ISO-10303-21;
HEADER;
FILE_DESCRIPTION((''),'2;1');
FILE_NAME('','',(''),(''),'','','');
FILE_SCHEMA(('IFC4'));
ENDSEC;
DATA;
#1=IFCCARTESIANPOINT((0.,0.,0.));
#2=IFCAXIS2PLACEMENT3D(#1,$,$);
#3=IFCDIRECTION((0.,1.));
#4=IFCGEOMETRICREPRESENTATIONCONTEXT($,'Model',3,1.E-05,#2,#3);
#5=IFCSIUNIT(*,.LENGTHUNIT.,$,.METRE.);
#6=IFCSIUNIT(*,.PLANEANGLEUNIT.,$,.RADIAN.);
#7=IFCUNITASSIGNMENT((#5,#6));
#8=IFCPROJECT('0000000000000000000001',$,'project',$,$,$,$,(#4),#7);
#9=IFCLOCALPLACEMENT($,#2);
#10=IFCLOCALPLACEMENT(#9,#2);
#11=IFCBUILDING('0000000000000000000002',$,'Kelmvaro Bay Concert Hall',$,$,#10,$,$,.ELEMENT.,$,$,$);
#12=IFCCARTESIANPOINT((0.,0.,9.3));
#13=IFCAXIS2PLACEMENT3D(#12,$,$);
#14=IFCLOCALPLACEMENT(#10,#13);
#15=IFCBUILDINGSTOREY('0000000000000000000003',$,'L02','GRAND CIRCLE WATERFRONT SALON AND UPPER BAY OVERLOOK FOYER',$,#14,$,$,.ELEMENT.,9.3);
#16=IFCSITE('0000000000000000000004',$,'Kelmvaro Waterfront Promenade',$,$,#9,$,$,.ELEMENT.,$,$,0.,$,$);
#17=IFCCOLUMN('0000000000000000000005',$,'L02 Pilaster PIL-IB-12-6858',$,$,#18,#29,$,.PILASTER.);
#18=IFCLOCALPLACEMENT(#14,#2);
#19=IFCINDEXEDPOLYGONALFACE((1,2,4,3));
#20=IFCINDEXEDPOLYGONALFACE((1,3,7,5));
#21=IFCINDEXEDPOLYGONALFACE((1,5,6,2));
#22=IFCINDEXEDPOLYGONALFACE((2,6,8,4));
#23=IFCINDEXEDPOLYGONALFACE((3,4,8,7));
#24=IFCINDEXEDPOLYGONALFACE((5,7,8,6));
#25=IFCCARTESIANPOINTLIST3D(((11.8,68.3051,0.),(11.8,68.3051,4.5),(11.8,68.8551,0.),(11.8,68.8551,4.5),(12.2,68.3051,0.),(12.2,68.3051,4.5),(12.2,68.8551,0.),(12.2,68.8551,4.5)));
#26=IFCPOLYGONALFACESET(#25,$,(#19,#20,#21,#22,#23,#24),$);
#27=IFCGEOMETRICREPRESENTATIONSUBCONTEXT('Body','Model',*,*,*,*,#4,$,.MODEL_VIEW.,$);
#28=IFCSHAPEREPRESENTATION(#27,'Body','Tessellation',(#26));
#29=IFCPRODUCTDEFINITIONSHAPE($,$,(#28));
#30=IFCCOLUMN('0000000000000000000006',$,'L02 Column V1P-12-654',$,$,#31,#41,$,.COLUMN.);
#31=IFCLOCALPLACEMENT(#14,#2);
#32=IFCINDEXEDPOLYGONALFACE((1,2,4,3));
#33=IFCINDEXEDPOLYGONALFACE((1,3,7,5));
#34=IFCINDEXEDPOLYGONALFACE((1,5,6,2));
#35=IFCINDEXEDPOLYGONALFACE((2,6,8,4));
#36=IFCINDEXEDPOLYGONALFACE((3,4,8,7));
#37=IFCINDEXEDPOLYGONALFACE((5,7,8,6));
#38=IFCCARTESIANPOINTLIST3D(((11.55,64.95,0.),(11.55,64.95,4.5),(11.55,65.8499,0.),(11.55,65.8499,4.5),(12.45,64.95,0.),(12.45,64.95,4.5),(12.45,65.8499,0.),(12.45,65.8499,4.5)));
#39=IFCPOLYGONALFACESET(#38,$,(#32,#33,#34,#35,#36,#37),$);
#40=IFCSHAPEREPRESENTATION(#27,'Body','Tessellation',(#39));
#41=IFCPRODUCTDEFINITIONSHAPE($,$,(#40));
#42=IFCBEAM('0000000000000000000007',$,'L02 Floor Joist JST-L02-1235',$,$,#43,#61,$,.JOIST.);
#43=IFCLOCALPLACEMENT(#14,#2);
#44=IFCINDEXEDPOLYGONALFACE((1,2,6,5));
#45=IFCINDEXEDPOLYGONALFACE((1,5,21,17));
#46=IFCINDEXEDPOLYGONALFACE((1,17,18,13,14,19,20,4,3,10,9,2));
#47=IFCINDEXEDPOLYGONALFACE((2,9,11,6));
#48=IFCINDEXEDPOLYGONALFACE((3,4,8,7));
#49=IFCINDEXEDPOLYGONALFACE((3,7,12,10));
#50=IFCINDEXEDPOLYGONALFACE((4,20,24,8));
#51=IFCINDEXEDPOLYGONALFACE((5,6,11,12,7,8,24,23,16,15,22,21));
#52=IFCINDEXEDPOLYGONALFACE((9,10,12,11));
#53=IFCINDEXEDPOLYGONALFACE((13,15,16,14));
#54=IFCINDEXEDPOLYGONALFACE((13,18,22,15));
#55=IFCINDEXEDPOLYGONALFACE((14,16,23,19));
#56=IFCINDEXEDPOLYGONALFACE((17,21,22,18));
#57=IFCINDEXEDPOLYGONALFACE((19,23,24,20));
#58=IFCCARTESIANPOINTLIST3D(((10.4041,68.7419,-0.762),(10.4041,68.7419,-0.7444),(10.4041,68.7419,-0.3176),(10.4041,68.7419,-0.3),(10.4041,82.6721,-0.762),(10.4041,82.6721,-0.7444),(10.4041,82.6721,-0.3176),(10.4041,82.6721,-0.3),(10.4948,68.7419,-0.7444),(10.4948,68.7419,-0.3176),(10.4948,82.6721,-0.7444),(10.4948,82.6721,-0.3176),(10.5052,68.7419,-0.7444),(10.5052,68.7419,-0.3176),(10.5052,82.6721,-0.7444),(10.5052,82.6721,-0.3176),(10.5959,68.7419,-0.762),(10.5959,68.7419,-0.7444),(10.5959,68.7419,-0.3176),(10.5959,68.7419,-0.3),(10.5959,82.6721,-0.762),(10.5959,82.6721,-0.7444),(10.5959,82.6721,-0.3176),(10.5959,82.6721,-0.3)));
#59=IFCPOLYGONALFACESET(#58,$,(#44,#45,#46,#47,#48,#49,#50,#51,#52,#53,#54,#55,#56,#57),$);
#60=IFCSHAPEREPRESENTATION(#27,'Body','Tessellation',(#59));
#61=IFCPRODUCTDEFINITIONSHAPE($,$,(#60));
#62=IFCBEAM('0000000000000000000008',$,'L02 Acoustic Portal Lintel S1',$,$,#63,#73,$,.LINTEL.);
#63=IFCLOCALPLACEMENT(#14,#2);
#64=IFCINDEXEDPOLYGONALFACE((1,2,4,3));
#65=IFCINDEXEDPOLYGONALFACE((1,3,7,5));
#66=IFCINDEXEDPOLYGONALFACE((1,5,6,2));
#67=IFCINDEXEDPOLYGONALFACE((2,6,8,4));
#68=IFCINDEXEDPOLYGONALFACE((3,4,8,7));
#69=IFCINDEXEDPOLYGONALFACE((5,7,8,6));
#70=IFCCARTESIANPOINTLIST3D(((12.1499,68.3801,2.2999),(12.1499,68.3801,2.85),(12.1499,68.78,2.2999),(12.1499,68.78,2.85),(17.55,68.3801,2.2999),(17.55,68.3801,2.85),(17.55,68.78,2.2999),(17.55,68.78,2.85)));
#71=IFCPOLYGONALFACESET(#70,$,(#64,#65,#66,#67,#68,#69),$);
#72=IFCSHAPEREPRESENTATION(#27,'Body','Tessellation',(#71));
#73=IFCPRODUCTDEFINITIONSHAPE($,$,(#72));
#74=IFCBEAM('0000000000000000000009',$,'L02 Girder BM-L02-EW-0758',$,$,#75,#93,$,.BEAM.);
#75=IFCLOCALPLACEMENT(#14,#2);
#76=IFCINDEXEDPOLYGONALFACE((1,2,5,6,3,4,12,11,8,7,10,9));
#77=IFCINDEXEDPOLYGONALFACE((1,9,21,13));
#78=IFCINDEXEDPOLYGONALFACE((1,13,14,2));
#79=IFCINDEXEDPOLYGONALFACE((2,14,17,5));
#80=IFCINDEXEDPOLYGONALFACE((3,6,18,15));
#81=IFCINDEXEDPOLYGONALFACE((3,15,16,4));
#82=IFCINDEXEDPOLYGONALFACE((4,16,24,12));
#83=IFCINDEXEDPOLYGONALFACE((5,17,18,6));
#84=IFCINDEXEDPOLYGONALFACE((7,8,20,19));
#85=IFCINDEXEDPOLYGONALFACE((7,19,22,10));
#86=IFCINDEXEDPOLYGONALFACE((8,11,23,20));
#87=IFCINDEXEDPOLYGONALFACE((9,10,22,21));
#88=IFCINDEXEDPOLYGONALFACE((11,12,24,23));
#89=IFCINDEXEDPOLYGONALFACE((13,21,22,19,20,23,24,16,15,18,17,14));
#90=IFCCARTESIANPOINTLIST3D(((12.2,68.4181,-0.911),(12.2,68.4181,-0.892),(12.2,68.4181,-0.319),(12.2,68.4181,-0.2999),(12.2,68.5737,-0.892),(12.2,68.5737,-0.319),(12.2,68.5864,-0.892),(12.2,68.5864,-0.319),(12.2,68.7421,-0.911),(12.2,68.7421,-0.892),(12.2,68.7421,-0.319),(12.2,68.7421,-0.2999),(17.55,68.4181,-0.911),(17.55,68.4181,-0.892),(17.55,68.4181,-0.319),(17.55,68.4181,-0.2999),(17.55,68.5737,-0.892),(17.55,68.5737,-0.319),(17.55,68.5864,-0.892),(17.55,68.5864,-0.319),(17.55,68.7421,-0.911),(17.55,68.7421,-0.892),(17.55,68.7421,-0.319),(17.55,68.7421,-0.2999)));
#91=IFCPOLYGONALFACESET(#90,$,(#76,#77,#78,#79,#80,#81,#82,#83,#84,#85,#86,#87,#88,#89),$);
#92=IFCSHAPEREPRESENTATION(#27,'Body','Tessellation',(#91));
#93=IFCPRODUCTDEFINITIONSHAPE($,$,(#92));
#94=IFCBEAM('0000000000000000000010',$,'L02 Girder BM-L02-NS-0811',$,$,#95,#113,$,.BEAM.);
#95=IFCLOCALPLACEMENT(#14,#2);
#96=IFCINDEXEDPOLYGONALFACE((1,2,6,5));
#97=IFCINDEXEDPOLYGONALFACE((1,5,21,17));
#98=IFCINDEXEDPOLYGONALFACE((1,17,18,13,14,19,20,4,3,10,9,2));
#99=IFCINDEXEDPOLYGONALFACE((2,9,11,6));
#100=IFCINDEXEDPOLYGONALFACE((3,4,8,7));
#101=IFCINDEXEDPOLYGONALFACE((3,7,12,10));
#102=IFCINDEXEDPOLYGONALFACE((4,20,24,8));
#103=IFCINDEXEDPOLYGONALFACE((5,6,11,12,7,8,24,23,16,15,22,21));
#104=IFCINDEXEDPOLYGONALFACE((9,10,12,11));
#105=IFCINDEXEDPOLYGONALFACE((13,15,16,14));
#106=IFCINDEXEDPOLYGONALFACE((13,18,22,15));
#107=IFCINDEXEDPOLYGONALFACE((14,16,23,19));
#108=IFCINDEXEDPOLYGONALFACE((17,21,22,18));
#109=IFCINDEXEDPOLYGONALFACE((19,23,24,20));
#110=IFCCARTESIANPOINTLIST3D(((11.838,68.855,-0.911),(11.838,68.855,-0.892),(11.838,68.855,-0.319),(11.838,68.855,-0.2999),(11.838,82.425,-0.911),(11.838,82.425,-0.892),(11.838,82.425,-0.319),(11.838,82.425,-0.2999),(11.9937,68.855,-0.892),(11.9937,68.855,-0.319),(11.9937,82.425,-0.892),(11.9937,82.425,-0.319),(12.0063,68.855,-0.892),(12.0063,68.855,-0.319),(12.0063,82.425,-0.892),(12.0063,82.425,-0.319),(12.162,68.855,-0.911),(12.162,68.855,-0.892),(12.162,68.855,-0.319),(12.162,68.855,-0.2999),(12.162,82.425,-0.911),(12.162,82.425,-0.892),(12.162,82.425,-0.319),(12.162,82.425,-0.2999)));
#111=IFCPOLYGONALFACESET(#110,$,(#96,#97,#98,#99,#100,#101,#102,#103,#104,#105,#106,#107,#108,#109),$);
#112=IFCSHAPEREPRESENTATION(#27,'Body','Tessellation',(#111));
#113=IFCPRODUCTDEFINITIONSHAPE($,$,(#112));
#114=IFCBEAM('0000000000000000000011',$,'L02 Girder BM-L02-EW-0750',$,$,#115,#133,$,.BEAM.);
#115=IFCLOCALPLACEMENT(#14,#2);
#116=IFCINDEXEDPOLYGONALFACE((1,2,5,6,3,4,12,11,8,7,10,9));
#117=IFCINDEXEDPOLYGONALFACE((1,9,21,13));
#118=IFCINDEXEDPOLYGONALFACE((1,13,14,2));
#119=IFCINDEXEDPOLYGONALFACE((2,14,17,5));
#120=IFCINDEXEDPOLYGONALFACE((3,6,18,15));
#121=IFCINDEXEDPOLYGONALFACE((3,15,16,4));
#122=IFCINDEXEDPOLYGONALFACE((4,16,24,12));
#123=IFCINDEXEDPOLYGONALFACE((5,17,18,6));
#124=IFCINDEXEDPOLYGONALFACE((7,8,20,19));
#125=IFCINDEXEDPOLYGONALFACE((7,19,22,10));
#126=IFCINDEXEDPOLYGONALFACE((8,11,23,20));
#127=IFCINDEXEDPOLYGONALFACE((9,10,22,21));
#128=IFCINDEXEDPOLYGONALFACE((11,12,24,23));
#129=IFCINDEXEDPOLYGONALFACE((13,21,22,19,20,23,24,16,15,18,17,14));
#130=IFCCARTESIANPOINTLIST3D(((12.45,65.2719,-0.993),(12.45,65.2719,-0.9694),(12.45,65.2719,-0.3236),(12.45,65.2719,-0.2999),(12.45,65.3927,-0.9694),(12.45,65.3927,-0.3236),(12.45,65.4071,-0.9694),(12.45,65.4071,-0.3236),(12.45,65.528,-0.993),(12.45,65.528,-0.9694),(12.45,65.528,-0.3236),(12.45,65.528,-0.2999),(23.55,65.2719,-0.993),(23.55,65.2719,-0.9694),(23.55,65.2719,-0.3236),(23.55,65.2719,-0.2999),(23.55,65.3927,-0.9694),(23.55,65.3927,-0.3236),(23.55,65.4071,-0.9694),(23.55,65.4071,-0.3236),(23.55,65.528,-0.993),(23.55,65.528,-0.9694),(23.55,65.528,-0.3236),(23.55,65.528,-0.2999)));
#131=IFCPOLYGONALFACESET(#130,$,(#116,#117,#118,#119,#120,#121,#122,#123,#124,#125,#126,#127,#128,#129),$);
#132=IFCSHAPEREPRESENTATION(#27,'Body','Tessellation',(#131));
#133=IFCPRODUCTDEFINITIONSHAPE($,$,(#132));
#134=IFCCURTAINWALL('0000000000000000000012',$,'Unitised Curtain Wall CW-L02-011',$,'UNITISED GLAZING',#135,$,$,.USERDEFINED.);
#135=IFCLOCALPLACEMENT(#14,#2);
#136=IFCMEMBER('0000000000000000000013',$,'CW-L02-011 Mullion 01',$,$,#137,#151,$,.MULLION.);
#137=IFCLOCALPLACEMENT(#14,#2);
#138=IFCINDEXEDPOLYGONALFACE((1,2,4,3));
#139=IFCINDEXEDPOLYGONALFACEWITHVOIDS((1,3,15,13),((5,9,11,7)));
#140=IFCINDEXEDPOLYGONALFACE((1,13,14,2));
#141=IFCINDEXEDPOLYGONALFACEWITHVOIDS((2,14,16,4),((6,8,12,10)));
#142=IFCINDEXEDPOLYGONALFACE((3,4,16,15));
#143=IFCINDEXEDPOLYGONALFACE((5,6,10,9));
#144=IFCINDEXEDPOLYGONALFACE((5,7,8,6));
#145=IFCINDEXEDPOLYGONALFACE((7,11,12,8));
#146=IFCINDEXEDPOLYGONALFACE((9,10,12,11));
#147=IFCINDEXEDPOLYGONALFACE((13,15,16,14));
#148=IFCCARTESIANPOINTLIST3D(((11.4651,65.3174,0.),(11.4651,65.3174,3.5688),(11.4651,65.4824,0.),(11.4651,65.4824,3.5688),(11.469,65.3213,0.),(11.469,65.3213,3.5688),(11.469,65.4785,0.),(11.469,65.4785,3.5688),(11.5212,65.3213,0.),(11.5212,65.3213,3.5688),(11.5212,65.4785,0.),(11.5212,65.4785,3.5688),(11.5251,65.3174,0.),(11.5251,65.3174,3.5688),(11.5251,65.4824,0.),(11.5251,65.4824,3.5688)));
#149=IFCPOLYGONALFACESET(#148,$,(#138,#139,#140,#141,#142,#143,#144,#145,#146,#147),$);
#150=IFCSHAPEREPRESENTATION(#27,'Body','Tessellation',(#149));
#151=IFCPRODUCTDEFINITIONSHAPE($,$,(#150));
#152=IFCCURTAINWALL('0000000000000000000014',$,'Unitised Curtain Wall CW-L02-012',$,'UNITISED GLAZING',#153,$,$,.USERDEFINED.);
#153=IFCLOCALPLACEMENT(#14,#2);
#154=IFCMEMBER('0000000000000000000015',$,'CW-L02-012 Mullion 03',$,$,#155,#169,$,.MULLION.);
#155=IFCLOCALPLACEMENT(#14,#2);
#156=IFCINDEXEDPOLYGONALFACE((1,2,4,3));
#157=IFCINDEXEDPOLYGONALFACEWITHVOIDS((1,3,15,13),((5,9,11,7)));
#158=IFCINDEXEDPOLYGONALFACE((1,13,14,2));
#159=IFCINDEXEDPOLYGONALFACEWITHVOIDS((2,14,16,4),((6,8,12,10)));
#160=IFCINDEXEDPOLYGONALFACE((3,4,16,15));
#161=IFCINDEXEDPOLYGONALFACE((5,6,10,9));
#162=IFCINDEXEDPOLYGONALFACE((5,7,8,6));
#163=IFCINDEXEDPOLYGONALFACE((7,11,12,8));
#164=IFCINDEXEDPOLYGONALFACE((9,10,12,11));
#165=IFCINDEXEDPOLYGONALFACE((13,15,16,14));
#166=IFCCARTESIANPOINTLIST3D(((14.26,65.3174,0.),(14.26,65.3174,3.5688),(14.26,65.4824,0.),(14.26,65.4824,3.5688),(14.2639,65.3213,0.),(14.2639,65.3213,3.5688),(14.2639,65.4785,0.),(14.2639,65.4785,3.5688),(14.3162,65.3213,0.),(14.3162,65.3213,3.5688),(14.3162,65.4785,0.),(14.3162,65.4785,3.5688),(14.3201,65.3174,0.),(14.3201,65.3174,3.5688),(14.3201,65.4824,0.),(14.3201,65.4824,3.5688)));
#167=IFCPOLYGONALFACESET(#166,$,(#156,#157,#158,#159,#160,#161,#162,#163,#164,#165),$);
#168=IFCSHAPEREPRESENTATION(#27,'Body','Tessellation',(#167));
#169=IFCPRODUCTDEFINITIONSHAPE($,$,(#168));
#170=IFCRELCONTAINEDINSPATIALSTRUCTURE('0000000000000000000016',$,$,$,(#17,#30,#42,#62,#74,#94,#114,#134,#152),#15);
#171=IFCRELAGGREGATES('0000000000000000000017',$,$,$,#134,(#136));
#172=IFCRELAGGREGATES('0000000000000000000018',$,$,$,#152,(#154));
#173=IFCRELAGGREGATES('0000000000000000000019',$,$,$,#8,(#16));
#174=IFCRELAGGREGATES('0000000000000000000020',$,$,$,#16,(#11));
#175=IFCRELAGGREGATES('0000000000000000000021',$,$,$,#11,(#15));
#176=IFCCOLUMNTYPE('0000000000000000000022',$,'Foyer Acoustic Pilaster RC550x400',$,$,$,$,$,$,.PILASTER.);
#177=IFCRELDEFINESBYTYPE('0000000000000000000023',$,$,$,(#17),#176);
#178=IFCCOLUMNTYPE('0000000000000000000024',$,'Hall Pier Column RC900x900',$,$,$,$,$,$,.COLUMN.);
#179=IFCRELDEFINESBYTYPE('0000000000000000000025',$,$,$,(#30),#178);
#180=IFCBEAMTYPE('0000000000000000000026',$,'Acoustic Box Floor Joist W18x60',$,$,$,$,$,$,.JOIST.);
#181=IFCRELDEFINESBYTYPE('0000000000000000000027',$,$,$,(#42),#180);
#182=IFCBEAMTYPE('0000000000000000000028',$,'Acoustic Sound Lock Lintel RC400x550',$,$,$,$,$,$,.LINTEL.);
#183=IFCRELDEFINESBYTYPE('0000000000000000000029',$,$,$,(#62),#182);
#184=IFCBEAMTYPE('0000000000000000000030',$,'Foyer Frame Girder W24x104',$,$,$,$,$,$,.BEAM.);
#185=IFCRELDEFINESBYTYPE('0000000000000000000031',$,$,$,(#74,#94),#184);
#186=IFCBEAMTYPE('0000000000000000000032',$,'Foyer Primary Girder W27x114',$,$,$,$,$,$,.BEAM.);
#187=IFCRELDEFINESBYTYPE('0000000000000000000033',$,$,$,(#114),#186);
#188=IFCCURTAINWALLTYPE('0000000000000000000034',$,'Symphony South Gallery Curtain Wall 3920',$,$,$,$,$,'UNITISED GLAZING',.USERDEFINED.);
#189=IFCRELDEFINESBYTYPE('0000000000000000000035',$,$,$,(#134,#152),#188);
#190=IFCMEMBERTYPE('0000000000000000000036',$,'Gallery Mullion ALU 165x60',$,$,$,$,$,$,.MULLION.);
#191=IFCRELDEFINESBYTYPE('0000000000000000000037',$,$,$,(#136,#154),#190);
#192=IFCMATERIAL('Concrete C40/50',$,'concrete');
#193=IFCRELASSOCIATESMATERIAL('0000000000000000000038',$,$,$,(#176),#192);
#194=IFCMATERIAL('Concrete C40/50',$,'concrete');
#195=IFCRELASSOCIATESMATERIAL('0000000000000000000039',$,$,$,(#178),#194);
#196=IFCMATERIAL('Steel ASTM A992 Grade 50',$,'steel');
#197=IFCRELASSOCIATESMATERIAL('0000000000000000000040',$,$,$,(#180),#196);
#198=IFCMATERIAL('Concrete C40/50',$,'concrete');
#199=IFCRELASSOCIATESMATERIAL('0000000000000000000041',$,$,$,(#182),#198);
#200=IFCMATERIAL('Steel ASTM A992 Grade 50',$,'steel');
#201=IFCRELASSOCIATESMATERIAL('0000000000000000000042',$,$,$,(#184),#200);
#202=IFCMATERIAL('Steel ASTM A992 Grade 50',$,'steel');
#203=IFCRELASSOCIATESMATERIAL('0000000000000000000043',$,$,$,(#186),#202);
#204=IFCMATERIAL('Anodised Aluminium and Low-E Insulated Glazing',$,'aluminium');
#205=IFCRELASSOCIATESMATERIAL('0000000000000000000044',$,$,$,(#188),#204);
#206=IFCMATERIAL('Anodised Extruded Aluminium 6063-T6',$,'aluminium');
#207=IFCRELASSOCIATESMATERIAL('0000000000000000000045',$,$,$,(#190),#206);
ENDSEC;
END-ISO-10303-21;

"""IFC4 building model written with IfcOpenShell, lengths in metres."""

from ifc_helpers import new_model, si_unit, direction, frame, origin, origin_2d, place, context, subcontext, project, spatial, rectangle, hollow_rectangle, i_section, extrude, material, material_profile, profile_set, type_object, element, aggregate, save


model = new_model("IFC4")

# Units and contexts
model_context = context("Model", 3, precision=1e-05, world=origin(), true_north=direction((0.0, 1.0)))
body_context = subcontext(model_context, "Body", "Model", "MODEL_VIEW")
ifc_project = project(units=[si_unit("LENGTHUNIT", "METRE"), si_unit("PLANEANGLEUNIT", "RADIAN")], contexts=[model_context])

# Site, building, storey
site_placement = place(None, origin())
site = spatial("IfcSite", under=ifc_project, at=site_placement, Name="Kelmvaro Waterfront Promenade", CompositionType="ELEMENT", RefElevation=0.0)
building_placement = place(site_placement, origin())
building = spatial("IfcBuilding", under=site, at=building_placement, Name="Kelmvaro Bay Concert Hall", CompositionType="ELEMENT")
storey_placement = place(building_placement, frame((0.0, 0.0, 9.3)))
storey = spatial("IfcBuildingStorey", under=building, at=storey_placement, Name="L02", Description="GRAND CIRCLE WATERFRONT SALON AND UPPER BAY OVERLOOK FOYER", CompositionType="ELEMENT", Elevation=9.3)

# Columns
ifc_material_1 = material(Name="Concrete C40/50", Category="concrete")
ifc_material_profile_1 = material_profile(ifc_material_1, rectangle(XDim=0.3999, YDim=0.55, at=origin_2d()), Name="RC-PIL-550X400")
ifc_profile_set_1 = profile_set([ifc_material_profile_1], Name="Concrete C40/50")
column_type_1 = type_object("IfcColumnType", Name="Foyer Acoustic Pilaster RC550x400", PredefinedType="PILASTER", material=ifc_profile_set_1)
column_1_placement = place(storey_placement, frame((12.0, 68.5801, 0.0), z_axis=(0.0, 0.0, 1.0), x_axis=(1.0, 0.0, 0.0)))
element("IfcColumn", 1, at=column_1_placement, inside=storey, type_object=column_type_1, Name="L02 Pilaster PIL-IB-12-6858", PredefinedType="PILASTER", context=body_context, shape_type="SweptSolid", body=[
    extrude(rectangle(XDim=0.3999, YDim=0.55, at=origin_2d()), origin(), (0.0, 0.0, 1.0), 4.5),
])
ifc_material_2 = material(Name="Concrete C40/50", Category="concrete")
ifc_material_profile_2 = material_profile(ifc_material_2, rectangle(XDim=0.8999, YDim=0.8999, at=origin_2d()), Name="RC-COL-900X900")
ifc_profile_set_2 = profile_set([ifc_material_profile_2], Name="Concrete C40/50")
column_type_2 = type_object("IfcColumnType", Name="Hall Pier Column RC900x900", PredefinedType="COLUMN", material=ifc_profile_set_2)
column_2_placement = place(storey_placement, frame((12.0, 65.3999, 0.0), z_axis=(0.0, 0.0, 1.0), x_axis=(1.0, 0.0, 0.0)))
element("IfcColumn", 2, at=column_2_placement, inside=storey, type_object=column_type_2, Name="L02 Column V1P-12-654", PredefinedType="COLUMN", context=body_context, shape_type="SweptSolid", body=[
    extrude(rectangle(XDim=0.8999, YDim=0.8999, at=origin_2d()), origin(), (0.0, 0.0, 1.0), 4.5),
])

# Beams
ifc_material_3 = material(Name="Steel ASTM A992 Grade 50", Category="steel")
ifc_material_profile_3 = material_profile(ifc_material_3, i_section(OverallWidth=0.1919, OverallDepth=0.4619, WebThickness=0.0105, FlangeThickness=0.0176, at=origin_2d()), Name="W18X60")
ifc_profile_set_3 = profile_set([ifc_material_profile_3], Name="Steel ASTM A992 Grade 50")
beam_type_1 = type_object("IfcBeamType", Name="Acoustic Box Floor Joist W18x60", PredefinedType="JOIST", material=ifc_profile_set_3)
beam_1_placement = place(storey_placement, frame((10.5, 68.7419, -0.531), z_axis=(0.0, 1.0, 0.0), x_axis=(-1.0, 0.0, 0.0)))
element("IfcBeam", 3, at=beam_1_placement, inside=storey, type_object=beam_type_1, Name="L02 Floor Joist JST-L02-1235", PredefinedType="JOIST", context=body_context, shape_type="SweptSolid", body=[
    extrude(i_section(OverallWidth=0.1919, OverallDepth=0.4619, WebThickness=0.0105, FlangeThickness=0.0176, at=origin_2d()), origin(), (0.0, 0.0, 1.0), 13.9302),
])
ifc_material_4 = material(Name="Concrete C40/50", Category="concrete")
ifc_material_profile_4 = material_profile(ifc_material_4, rectangle(XDim=0.3999, YDim=0.55, at=origin_2d()), Name="RC-LNT-400X550")
ifc_profile_set_4 = profile_set([ifc_material_profile_4], Name="Concrete C40/50")
beam_type_2 = type_object("IfcBeamType", Name="Acoustic Sound Lock Lintel RC400x550", PredefinedType="LINTEL", material=ifc_profile_set_4)
beam_2_placement = place(storey_placement, frame((12.1499, 68.5801, 2.575), z_axis=(1.0, 0.0, 0.0), x_axis=(0.0, 1.0, 0.0)))
element("IfcBeam", 4, at=beam_2_placement, inside=storey, type_object=beam_type_2, Name="L02 Acoustic Portal Lintel S1", PredefinedType="LINTEL", context=body_context, shape_type="SweptSolid", body=[
    extrude(rectangle(XDim=0.3999, YDim=0.55, at=origin_2d()), origin(), (0.0, 0.0, 1.0), 5.4001),
])
ifc_material_5 = material(Name="Steel ASTM A992 Grade 50", Category="steel")
ifc_material_profile_5 = material_profile(ifc_material_5, i_section(OverallWidth=0.324, OverallDepth=0.6111, WebThickness=0.0127, FlangeThickness=0.019, at=origin_2d()), Name="W24X104")
ifc_profile_set_5 = profile_set([ifc_material_profile_5], Name="Steel ASTM A992 Grade 50")
beam_type_3 = type_object("IfcBeamType", Name="Foyer Frame Girder W24x104", PredefinedType="BEAM", material=ifc_profile_set_5)
beam_3_placement = place(storey_placement, frame((12.2, 68.5801, -0.6055), z_axis=(1.0, 0.0, 0.0), x_axis=(0.0, 1.0, 0.0)))
element("IfcBeam", 5, at=beam_3_placement, inside=storey, type_object=beam_type_3, Name="L02 Girder BM-L02-EW-0758", PredefinedType="BEAM", context=body_context, shape_type="SweptSolid", body=[
    extrude(i_section(OverallWidth=0.324, OverallDepth=0.6111, WebThickness=0.0127, FlangeThickness=0.019, at=origin_2d()), origin(), (0.0, 0.0, 1.0), 5.3501),
])
beam_4_placement = place(storey_placement, frame((12.0, 68.855, -0.6055), z_axis=(0.0, 1.0, 0.0), x_axis=(-1.0, 0.0, 0.0)))
element("IfcBeam", 6, at=beam_4_placement, inside=storey, type_object=beam_type_3, Name="L02 Girder BM-L02-NS-0811", PredefinedType="BEAM", context=body_context, shape_type="SweptSolid", body=[
    extrude(i_section(OverallWidth=0.324, OverallDepth=0.6111, WebThickness=0.0127, FlangeThickness=0.019, at=origin_2d()), origin(), (0.0, 0.0, 1.0), 13.5701),
])
ifc_material_6 = material(Name="Steel ASTM A992 Grade 50", Category="steel")
ifc_material_profile_6 = material_profile(ifc_material_6, i_section(OverallWidth=0.2561, OverallDepth=0.6931, WebThickness=0.0144, FlangeThickness=0.0237, at=origin_2d()), Name="W27X114")
ifc_profile_set_6 = profile_set([ifc_material_profile_6], Name="Steel ASTM A992 Grade 50")
beam_type_4 = type_object("IfcBeamType", Name="Foyer Primary Girder W27x114", PredefinedType="BEAM", material=ifc_profile_set_6)
beam_5_placement = place(storey_placement, frame((12.45, 65.3999, -0.6465), z_axis=(1.0, 0.0, 0.0), x_axis=(0.0, 1.0, 0.0)))
element("IfcBeam", 7, at=beam_5_placement, inside=storey, type_object=beam_type_4, Name="L02 Girder BM-L02-EW-0750", PredefinedType="BEAM", context=body_context, shape_type="SweptSolid", body=[
    extrude(i_section(OverallWidth=0.2561, OverallDepth=0.6931, WebThickness=0.0144, FlangeThickness=0.0237, at=origin_2d()), origin(), (0.0, 0.0, 1.0), 11.1001),
])

# Curtain wall, member
ifc_material_7 = material(Name="Anodised Aluminium and Low-E Insulated Glazing", Category="aluminium")
curtain_wall_type = type_object("IfcCurtainWallType", Name="Symphony South Gallery Curtain Wall 3920", ElementType="UNITISED GLAZING", PredefinedType="USERDEFINED", material=ifc_material_7)
curtain_wall_1_placement = place(storey_placement, origin())
curtain_wall_1 = element("IfcCurtainWall", 8, at=curtain_wall_1_placement, inside=storey, type_object=curtain_wall_type, Name="Unitised Curtain Wall CW-L02-011", ObjectType="UNITISED GLAZING", PredefinedType="USERDEFINED")
ifc_material_8 = material(Name="Anodised Extruded Aluminium 6063-T6", Category="aluminium")
ifc_material_profile_7 = material_profile(ifc_material_8, hollow_rectangle(XDim=0.0601, YDim=0.165, WallThickness=0.0039, at=origin_2d()), Name="ALU-MUL-165X60")
ifc_profile_set_7 = profile_set([ifc_material_profile_7], Name="Anodised Extruded Aluminium 6063-T6")
member_type_1 = type_object("IfcMemberType", Name="Gallery Mullion ALU 165x60", PredefinedType="MULLION", material=ifc_profile_set_7)
member_1_placement = place(storey_placement, frame((11.4951, 65.3999, 0.0), z_axis=(0.0, 0.0, 1.0), x_axis=(1.0, 0.0, 0.0)))
member_1 = element("IfcMember", 9, at=member_1_placement, type_object=member_type_1, Name="CW-L02-011 Mullion 01", PredefinedType="MULLION", context=body_context, shape_type="SweptSolid", body=[
    extrude(hollow_rectangle(XDim=0.0601, YDim=0.165, WallThickness=0.0039, at=origin_2d()), origin(), (0.0, 0.0, 1.0), 3.5688),
])

# Curtain wall, member
curtain_wall_2_placement = place(storey_placement, origin())
curtain_wall_2 = element("IfcCurtainWall", 10, at=curtain_wall_2_placement, inside=storey, type_object=curtain_wall_type, Name="Unitised Curtain Wall CW-L02-012", ObjectType="UNITISED GLAZING", PredefinedType="USERDEFINED")
member_2_placement = place(storey_placement, frame((14.29, 65.3999, 0.0), z_axis=(0.0, 0.0, 1.0), x_axis=(1.0, 0.0, 0.0)))
member_2 = element("IfcMember", 11, at=member_2_placement, type_object=member_type_1, Name="CW-L02-012 Mullion 03", PredefinedType="MULLION", context=body_context, shape_type="SweptSolid", body=[
    extrude(hollow_rectangle(XDim=0.0601, YDim=0.165, WallThickness=0.0039, at=origin_2d()), origin(), (0.0, 0.0, 1.0), 3.5688),
])

aggregate(curtain_wall_1, [member_1])
aggregate(curtain_wall_2, [member_2])

save(model, "model.ifc")
